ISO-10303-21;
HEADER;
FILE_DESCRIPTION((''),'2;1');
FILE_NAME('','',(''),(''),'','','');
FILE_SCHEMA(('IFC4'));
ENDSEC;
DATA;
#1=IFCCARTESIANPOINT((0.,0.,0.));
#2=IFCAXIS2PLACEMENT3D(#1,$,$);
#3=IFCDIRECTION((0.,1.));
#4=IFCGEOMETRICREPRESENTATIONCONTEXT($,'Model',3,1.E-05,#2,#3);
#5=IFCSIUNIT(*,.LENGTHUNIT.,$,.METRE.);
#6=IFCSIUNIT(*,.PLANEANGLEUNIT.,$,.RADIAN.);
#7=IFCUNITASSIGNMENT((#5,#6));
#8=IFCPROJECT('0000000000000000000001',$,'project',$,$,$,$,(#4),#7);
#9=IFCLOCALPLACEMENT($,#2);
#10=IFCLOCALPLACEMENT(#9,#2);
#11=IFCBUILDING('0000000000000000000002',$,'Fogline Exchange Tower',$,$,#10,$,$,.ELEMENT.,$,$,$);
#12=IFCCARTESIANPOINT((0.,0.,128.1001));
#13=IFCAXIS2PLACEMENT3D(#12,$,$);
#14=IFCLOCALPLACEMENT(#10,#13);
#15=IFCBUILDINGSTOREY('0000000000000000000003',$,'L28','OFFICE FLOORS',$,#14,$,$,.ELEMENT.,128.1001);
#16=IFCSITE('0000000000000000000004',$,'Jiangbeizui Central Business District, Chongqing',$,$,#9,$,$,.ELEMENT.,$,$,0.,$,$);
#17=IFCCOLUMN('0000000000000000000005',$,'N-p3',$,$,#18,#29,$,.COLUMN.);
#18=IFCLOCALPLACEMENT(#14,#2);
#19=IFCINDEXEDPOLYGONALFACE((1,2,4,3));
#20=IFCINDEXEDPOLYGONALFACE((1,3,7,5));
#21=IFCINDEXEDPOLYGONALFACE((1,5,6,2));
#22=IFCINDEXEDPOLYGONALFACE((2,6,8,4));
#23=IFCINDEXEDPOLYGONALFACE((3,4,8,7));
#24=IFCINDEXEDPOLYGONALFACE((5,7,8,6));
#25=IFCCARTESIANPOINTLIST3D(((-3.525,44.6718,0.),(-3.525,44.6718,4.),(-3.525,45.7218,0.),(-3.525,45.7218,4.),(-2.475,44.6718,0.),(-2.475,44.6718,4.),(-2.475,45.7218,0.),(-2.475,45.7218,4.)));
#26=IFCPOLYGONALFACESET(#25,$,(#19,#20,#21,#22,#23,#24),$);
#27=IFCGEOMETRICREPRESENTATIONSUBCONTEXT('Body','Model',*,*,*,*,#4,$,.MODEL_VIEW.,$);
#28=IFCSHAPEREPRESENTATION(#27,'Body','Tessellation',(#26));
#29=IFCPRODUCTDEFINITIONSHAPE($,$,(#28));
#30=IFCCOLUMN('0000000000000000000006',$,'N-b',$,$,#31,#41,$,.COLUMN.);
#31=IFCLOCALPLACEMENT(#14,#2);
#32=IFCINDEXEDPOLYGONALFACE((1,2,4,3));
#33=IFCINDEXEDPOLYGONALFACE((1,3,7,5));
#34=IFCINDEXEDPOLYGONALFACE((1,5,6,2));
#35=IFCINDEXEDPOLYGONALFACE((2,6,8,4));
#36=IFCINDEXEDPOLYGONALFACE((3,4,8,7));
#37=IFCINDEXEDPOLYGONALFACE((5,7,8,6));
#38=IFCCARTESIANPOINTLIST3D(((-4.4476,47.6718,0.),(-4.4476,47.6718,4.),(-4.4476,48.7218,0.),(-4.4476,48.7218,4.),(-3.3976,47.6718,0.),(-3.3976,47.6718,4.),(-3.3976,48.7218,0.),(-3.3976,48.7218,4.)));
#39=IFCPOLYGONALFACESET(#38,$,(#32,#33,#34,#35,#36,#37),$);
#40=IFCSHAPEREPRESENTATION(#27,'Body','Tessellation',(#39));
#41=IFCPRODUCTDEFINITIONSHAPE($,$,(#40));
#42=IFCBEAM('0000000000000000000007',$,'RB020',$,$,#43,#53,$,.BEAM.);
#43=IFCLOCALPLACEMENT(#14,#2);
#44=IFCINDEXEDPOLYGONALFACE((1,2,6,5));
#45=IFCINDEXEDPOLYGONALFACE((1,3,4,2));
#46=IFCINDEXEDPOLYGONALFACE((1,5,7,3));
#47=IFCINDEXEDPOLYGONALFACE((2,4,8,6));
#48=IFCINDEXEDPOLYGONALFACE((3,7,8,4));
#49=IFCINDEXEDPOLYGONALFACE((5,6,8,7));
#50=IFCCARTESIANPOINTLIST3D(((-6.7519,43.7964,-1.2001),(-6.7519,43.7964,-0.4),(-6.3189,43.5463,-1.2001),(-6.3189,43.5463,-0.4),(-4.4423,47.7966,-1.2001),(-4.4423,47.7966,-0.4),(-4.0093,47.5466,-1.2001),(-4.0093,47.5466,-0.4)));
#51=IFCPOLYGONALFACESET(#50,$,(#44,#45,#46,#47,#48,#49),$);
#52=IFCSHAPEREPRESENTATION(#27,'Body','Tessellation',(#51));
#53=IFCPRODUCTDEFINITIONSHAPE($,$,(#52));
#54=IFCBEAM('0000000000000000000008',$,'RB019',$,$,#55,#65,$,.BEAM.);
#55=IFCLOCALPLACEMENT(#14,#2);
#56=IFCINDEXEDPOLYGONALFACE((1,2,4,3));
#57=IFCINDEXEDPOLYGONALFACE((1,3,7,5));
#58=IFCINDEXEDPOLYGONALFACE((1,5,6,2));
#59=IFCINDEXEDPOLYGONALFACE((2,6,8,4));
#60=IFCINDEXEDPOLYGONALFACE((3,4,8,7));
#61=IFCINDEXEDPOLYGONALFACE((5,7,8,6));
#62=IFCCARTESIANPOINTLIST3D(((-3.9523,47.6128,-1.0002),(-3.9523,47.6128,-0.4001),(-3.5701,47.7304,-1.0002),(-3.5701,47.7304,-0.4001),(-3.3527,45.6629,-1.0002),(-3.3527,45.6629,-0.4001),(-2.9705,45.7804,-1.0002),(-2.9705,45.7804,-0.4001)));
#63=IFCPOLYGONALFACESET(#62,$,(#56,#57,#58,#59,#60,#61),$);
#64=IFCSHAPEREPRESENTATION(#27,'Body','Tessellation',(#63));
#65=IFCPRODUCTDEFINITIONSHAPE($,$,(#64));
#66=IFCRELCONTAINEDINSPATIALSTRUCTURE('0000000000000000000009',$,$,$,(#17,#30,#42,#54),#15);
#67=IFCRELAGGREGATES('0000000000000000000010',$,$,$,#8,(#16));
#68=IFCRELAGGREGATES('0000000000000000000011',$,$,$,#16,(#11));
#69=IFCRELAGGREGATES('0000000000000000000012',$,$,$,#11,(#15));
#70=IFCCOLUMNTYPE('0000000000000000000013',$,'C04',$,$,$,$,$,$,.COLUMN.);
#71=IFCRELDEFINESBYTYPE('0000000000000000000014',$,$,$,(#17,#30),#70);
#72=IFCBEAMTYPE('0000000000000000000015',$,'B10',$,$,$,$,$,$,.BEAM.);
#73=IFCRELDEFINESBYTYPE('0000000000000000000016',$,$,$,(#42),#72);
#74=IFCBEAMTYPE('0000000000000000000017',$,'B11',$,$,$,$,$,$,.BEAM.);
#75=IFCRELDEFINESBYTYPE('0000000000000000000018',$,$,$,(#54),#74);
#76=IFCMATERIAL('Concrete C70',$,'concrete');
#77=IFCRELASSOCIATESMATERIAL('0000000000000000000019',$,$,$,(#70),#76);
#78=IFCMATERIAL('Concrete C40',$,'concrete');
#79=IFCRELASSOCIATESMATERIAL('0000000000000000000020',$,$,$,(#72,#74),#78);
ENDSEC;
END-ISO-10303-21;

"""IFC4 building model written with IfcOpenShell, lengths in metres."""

from ifc_helpers import new_model, si_unit, direction, frame, origin, origin_2d, place, context, subcontext, project, spatial, rectangle, extrude, material, material_profile, profile_set, type_object, element, save


model = new_model("IFC4")

# Units and contexts
model_context = context("Model", 3, precision=1e-05, world=origin(), true_north=direction((0.0, 1.0)))
body_context = subcontext(model_context, "Body", "Model", "MODEL_VIEW")
ifc_project = project(units=[si_unit("LENGTHUNIT", "METRE"), si_unit("PLANEANGLEUNIT", "RADIAN")], contexts=[model_context])

# Site, building, storey
site_placement = place(None, origin())
site = spatial("IfcSite", under=ifc_project, at=site_placement, Name="Jiangbeizui Central Business District, Chongqing", CompositionType="ELEMENT", RefElevation=0.0)
building_placement = place(site_placement, origin())
building = spatial("IfcBuilding", under=site, at=building_placement, Name="Fogline Exchange Tower", CompositionType="ELEMENT")
storey_placement = place(building_placement, frame((0.0, 0.0, 128.1001)))
storey = spatial("IfcBuildingStorey", under=building, at=storey_placement, Name="L28", Description="OFFICE FLOORS", CompositionType="ELEMENT", Elevation=128.1001)

# Columns
ifc_material_1 = material(Name="Concrete C70", Category="concrete")
ifc_material_profile_1 = material_profile(ifc_material_1, rectangle(XDim=1.05, YDim=1.05, at=origin_2d()), Name="RC 1050x1050")
ifc_profile_set_1 = profile_set([ifc_material_profile_1], Name="Concrete C70")
column_type = type_object("IfcColumnType", Name="C04", PredefinedType="COLUMN", material=ifc_profile_set_1)
for number, where, z_axis, x_axis, name in (
    (1, (-3.0, 45.1968, 0.0), (0.0, 0.0, 1.0), (1.0, 0.0, 0.0), "N-p3"),
    (2, (-3.9226, 48.1968, 0.0), (0.0, 0.0, 1.0), (1.0, 0.0, 0.0), "N-b"),
):
    element("IfcColumn", number, at=place(storey_placement, frame(where, z_axis=z_axis, x_axis=x_axis)), inside=storey, type_object=column_type, Name=name, PredefinedType="COLUMN", context=body_context, shape_type="SweptSolid", body=[
        extrude(rectangle(XDim=1.05, YDim=1.05, at=origin_2d()), origin(), (0.0, 0.0, 1.0), 4.0),
    ])

# Beams
ifc_material_2 = material(Name="Concrete C40", Category="concrete")
ifc_material_profile_2 = material_profile(ifc_material_2, rectangle(XDim=0.5, YDim=0.8, at=origin_2d()), Name="RC 500x800")
ifc_profile_set_2 = profile_set([ifc_material_profile_2], Name="Concrete C40")
beam_type_1 = type_object("IfcBeamType", Name="B10", PredefinedType="BEAM", material=ifc_profile_set_2)
beam_1_placement = place(storey_placement, frame((-4.2258, 47.6716, -0.8), z_axis=(-0.500005, -0.866023, 0.0), x_axis=(0.866023, -0.500005, 0.0)))
element("IfcBeam", 3, at=beam_1_placement, inside=storey, type_object=beam_type_1, Name="RB020", PredefinedType="BEAM", context=body_context, shape_type="SweptSolid", body=[
    extrude(rectangle(XDim=0.5, YDim=0.8, at=origin_2d()), origin(), (0.0, 0.0, 1.0), 4.6191),
])
ifc_material_profile_3 = material_profile(ifc_material_2, rectangle(XDim=0.3999, YDim=0.6001, at=origin_2d()), Name="RC 400x600")
ifc_profile_set_3 = profile_set([ifc_material_profile_3], Name="Concrete C40")
beam_type_2 = type_object("IfcBeamType", Name="B11", PredefinedType="BEAM", material=ifc_profile_set_3)
beam_2_placement = place(storey_placement, frame((-3.1616, 45.7217, -0.7002), z_axis=(-0.293918, 0.955831, 0.0), x_axis=(-0.955831, -0.293918, 0.0)))
element("IfcBeam", 4, at=beam_2_placement, inside=storey, type_object=beam_type_2, Name="RB019", PredefinedType="BEAM", context=body_context, shape_type="SweptSolid", body=[
    extrude(rectangle(XDim=0.3999, YDim=0.6001, at=origin_2d()), origin(), (0.0, 0.0, 1.0), 2.04),
])

save(model, "model.ifc")
